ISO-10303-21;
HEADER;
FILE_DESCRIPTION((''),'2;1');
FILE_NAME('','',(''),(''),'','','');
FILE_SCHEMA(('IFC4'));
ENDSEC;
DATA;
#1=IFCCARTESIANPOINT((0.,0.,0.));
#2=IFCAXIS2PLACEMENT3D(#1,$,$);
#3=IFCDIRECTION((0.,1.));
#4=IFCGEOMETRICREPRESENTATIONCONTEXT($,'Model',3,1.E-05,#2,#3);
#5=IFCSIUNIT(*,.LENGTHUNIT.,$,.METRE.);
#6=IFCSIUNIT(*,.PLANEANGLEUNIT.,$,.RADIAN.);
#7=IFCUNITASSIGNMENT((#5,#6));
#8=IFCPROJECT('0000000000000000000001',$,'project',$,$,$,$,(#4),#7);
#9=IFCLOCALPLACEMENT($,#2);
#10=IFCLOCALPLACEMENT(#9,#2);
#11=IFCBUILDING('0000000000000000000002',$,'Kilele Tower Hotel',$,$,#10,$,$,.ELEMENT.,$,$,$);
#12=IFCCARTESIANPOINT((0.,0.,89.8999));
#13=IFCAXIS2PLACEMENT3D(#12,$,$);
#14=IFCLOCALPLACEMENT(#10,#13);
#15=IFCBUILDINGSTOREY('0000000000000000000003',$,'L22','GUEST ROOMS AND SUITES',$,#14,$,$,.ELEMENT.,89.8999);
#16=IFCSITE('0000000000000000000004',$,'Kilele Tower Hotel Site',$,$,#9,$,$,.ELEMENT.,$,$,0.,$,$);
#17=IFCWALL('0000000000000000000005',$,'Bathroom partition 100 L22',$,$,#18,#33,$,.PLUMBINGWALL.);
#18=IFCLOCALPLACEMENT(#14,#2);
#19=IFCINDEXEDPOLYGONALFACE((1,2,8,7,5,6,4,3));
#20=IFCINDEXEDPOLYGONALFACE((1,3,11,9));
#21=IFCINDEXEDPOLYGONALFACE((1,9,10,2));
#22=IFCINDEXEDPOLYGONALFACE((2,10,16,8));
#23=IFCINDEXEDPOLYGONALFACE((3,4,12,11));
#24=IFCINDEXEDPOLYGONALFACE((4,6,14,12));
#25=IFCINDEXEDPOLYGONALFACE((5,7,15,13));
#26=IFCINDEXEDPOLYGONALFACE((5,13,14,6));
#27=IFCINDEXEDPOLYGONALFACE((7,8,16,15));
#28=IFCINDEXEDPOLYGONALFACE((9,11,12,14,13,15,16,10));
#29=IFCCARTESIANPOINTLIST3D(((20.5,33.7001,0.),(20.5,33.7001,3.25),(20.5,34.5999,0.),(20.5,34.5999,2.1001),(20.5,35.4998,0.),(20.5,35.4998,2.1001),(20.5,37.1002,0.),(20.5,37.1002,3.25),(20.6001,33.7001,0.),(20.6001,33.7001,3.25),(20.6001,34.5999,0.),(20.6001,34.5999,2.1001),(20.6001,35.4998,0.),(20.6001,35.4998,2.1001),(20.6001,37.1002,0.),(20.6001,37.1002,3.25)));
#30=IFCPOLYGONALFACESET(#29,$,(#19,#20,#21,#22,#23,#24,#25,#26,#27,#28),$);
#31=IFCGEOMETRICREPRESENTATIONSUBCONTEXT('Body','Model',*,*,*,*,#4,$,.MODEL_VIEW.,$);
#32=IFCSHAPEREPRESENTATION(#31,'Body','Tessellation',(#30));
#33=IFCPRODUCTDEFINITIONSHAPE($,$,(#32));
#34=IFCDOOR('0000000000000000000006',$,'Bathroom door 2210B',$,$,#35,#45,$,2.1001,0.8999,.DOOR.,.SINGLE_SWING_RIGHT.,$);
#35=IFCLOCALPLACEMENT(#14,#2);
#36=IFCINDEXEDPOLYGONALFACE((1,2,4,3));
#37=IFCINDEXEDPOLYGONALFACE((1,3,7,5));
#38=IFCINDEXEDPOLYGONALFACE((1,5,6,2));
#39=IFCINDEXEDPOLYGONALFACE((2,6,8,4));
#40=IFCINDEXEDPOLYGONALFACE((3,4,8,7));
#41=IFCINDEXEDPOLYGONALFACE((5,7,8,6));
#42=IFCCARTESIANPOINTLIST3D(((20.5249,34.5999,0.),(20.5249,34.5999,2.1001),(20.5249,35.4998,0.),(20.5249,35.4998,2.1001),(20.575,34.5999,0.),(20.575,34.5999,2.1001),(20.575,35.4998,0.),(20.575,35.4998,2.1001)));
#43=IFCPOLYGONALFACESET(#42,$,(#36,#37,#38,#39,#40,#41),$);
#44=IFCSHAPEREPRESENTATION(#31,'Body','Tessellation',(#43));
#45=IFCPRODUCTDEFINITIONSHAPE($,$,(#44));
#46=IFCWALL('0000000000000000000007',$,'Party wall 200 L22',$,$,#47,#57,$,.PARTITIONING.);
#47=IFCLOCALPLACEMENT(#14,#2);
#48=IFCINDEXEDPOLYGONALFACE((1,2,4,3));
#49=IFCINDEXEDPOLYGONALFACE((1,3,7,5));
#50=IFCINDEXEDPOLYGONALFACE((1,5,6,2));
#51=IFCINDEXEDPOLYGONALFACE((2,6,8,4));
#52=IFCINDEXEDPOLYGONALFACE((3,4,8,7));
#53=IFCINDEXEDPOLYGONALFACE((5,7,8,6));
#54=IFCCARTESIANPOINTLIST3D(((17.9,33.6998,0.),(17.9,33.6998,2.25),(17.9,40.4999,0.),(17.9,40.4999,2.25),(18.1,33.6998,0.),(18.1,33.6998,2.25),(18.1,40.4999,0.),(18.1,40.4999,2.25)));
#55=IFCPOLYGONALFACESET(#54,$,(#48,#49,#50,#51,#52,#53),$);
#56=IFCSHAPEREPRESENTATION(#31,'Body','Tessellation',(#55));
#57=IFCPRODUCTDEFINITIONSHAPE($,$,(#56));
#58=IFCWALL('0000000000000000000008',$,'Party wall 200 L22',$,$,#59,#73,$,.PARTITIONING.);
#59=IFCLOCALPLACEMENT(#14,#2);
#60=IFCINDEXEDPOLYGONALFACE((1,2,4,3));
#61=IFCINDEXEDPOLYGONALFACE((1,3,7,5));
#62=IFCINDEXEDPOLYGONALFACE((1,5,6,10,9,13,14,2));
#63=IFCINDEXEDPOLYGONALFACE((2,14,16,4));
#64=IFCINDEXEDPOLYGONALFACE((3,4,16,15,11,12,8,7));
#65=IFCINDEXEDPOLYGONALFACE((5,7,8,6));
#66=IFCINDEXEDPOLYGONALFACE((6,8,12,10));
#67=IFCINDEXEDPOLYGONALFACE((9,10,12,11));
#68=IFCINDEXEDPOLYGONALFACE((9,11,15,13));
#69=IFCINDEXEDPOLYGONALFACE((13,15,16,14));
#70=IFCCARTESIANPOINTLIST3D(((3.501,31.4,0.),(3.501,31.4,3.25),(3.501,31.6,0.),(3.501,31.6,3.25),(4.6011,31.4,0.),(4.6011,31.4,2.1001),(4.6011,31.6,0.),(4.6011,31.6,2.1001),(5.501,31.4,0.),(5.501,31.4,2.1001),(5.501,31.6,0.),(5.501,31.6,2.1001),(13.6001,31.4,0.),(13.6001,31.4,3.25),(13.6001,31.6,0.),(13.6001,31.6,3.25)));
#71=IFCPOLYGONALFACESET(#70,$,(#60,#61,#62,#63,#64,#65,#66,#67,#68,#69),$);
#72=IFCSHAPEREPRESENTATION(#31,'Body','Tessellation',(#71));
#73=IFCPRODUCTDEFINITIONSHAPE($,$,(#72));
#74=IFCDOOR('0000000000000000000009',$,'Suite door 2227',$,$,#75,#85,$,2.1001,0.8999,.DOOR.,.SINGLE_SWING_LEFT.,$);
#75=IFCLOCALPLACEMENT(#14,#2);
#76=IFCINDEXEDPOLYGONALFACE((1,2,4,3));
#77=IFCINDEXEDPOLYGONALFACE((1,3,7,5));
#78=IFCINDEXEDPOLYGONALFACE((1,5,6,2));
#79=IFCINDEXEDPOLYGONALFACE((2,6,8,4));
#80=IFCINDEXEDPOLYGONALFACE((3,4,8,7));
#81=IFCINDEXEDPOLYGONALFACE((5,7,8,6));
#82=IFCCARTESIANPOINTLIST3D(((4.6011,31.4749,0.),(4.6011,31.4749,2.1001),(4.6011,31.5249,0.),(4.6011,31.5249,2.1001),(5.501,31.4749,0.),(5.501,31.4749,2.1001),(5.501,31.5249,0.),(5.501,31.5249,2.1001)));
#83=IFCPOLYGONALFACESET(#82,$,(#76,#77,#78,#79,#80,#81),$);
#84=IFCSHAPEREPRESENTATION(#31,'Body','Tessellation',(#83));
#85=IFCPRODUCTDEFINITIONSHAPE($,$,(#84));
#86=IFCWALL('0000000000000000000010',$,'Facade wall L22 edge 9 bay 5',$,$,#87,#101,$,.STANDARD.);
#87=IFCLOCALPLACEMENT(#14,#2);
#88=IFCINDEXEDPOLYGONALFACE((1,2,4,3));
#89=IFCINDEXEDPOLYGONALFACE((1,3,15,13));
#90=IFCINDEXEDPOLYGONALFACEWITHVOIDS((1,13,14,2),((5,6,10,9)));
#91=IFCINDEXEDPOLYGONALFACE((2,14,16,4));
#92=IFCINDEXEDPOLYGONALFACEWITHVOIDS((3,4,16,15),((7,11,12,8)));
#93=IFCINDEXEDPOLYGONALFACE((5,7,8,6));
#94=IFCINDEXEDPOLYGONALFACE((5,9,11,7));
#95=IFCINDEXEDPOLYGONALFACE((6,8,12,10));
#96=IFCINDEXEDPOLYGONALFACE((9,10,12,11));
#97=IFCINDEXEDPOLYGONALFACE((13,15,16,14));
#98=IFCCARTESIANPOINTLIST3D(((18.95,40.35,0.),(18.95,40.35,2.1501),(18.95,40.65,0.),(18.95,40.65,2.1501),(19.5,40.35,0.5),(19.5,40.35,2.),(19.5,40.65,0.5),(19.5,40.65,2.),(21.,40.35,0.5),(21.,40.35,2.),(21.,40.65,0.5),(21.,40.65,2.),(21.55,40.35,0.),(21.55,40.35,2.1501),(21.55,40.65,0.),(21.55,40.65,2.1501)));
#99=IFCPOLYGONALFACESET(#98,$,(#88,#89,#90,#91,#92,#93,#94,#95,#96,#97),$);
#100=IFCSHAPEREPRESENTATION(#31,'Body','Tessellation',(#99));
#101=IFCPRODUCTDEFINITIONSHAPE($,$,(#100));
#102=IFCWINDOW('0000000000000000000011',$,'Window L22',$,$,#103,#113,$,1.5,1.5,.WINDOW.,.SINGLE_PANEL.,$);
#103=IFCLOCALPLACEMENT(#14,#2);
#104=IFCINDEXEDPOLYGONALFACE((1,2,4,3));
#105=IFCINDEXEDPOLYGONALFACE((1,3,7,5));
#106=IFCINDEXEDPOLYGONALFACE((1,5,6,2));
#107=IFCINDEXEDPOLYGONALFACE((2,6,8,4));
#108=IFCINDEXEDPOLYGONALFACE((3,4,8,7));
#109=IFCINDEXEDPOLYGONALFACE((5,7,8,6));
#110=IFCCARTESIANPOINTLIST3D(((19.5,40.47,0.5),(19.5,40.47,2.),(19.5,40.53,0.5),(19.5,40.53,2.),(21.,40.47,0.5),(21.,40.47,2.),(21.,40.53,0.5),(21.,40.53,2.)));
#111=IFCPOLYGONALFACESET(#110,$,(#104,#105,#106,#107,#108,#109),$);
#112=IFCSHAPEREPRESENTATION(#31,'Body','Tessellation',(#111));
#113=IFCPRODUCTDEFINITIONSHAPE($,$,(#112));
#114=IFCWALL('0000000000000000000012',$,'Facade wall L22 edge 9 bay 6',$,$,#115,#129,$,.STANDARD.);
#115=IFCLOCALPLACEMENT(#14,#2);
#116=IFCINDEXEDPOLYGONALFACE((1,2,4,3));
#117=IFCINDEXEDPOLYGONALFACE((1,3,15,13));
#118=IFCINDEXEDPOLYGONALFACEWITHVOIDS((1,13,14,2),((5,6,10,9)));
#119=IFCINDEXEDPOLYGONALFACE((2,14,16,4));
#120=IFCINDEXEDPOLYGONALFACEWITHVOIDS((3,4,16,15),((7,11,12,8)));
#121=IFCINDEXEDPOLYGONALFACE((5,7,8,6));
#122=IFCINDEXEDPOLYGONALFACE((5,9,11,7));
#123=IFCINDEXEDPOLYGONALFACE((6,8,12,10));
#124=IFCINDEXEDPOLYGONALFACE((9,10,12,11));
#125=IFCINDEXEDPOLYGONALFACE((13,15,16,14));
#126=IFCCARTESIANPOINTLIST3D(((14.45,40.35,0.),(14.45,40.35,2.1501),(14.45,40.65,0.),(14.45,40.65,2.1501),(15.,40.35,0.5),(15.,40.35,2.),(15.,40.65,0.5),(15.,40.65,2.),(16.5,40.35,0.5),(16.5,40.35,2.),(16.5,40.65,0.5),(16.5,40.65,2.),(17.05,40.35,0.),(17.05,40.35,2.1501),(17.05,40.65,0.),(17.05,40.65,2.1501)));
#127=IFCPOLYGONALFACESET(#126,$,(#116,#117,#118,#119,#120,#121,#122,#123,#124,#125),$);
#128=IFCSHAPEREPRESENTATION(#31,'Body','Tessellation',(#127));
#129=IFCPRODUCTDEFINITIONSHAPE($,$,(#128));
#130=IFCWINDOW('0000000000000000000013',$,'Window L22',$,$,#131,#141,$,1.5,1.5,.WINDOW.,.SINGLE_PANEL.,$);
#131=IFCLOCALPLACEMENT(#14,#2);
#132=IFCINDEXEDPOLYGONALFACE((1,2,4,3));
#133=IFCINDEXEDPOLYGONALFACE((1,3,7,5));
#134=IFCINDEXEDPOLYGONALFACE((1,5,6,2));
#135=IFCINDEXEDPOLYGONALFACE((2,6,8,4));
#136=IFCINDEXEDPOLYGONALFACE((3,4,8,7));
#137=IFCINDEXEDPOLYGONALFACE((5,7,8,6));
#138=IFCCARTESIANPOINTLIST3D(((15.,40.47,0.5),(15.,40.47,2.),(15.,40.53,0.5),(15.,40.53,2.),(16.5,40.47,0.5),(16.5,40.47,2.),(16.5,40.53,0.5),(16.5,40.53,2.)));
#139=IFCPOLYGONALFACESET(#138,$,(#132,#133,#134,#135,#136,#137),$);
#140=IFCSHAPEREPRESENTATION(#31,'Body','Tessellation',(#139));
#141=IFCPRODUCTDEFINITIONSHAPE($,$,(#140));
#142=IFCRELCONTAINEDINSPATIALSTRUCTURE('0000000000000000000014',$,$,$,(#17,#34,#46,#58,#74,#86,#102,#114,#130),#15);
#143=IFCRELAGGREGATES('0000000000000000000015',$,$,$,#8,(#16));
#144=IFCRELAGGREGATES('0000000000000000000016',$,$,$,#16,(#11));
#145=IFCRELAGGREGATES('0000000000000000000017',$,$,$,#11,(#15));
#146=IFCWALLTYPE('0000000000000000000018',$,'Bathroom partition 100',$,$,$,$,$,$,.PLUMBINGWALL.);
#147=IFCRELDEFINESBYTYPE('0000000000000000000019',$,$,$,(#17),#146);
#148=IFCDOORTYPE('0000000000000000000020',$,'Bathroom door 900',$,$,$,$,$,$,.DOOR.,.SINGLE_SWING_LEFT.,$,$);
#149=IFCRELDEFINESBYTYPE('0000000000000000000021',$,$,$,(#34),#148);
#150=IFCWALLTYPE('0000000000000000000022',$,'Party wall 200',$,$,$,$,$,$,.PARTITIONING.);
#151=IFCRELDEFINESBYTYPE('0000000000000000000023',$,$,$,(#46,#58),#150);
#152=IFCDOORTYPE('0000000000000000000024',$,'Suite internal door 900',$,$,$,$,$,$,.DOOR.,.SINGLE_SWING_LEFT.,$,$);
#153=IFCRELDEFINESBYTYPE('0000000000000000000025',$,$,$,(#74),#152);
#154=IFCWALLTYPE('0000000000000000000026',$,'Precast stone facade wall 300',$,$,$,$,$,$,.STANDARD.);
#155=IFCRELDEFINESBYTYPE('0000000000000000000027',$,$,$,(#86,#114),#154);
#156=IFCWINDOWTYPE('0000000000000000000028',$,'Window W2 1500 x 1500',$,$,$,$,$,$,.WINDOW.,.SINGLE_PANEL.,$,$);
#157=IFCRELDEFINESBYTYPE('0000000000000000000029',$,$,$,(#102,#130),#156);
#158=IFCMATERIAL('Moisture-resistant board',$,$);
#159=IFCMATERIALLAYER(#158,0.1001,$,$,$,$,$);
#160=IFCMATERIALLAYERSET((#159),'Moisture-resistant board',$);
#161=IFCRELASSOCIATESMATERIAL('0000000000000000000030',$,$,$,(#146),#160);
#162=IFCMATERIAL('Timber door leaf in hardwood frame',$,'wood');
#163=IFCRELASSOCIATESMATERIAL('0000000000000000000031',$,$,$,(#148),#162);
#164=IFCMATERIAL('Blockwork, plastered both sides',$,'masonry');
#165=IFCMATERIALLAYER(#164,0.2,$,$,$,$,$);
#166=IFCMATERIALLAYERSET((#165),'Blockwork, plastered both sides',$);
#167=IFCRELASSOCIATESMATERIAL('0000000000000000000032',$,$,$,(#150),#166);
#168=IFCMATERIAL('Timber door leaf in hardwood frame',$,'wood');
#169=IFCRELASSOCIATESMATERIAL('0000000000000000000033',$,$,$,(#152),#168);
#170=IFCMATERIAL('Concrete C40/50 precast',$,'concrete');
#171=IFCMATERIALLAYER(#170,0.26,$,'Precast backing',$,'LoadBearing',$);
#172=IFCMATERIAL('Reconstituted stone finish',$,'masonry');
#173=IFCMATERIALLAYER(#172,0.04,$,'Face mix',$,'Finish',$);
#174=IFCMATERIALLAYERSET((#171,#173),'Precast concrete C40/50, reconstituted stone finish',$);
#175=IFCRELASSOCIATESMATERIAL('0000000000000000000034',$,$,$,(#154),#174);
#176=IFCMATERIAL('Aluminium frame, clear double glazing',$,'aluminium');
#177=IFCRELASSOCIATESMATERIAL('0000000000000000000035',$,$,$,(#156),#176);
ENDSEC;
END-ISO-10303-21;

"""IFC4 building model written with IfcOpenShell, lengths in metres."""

from ifc_helpers import new_model, si_unit, direction, frame, frame_2d, origin, place, context, subcontext, project, spatial, rectangle, extrude, material, layer, layer_set, type_object, element, fill, save


model = new_model("IFC4")

# Units and contexts
model_context = context("Model", 3, precision=1e-05, world=origin(), true_north=direction((0.0, 1.0)))
body_context = subcontext(model_context, "Body", "Model", "MODEL_VIEW")
ifc_project = project(units=[si_unit("LENGTHUNIT", "METRE"), si_unit("PLANEANGLEUNIT", "RADIAN")], contexts=[model_context])

# Site, building, storey
site_placement = place(None, origin())
site = spatial("IfcSite", under=ifc_project, at=site_placement, Name="Kilele Tower Hotel Site", CompositionType="ELEMENT", RefElevation=0.0)
building_placement = place(site_placement, origin())
building = spatial("IfcBuilding", under=site, at=building_placement, Name="Kilele Tower Hotel", CompositionType="ELEMENT")
storey_placement = place(building_placement, frame((0.0, 0.0, 89.8999)))
storey = spatial("IfcBuildingStorey", under=building, at=storey_placement, Name="L22", Description="GUEST ROOMS AND SUITES", CompositionType="ELEMENT", Elevation=89.8999)

# Shared definitions
ifc_material_1 = material(Name="Moisture-resistant board")
ifc_layer_1 = layer(ifc_material_1, 0.1001)
ifc_layer_set_1 = layer_set([ifc_layer_1], Name="Moisture-resistant board")
wall_type_1 = type_object("IfcWallType", Name="Bathroom partition 100", PredefinedType="PLUMBINGWALL", material=ifc_layer_set_1)

# Shared definitions
ifc_material_2 = material(Name="Timber door leaf in hardwood frame", Category="wood")
door_type_1 = type_object("IfcDoorType", Name="Bathroom door 900", OperationType="SINGLE_SWING_LEFT", PredefinedType="DOOR", material=ifc_material_2)

# Wall, opening, door
wall_1_placement = place(storey_placement, frame((20.55, 33.7, 0.0), z_axis=(0.0, 0.0, 1.0), x_axis=(0.0, 1.0, 0.0)))
wall_1 = element("IfcWall", 1, at=wall_1_placement, inside=storey, type_object=wall_type_1, Name="Bathroom partition 100 L22", PredefinedType="PLUMBINGWALL", context=body_context, shape_type="SweptSolid", body=[
    extrude(rectangle(XDim=3.4001, YDim=0.1001, at=frame_2d((1.7002, 0.0))), origin(), (0.0, 0.0, 1.0), 3.25),
])
opening_1_placement = place(wall_1_placement, frame((1.7998, 0.0, 0.0), z_axis=(0.0, 0.0, 1.0), x_axis=(-1.0, 0.0, 0.0)))
opening_1 = element("IfcOpeningElement", 2, at=opening_1_placement, cuts=wall_1, PredefinedType="OPENING", context=body_context, shape_type="SweptSolid", body=[
    extrude(rectangle(XDim=0.8999, YDim=2.1001, at=frame_2d((0.45, 1.05))), frame((0.0, 0.0601, 0.0), z_axis=(0.0, -1.0, 0.0), x_axis=(1.0, 0.0, 0.0)), (0.0, 0.0, 1.0), 0.1201),
])
door_1_placement = place(opening_1_placement, origin())
door_1 = element("IfcDoor", 3, at=door_1_placement, inside=storey, type_object=door_type_1, Name="Bathroom door 2210B", OperationType="SINGLE_SWING_RIGHT", OverallHeight=2.1001, OverallWidth=0.8999, PredefinedType="DOOR", context=body_context, shape_type="SweptSolid", body=[
    extrude(rectangle(XDim=0.8999, YDim=2.1001, at=frame_2d((0.45, 1.05))), frame((0.0, 0.0249, 0.0), z_axis=(0.0, -1.0, 0.0), x_axis=(1.0, 0.0, 0.0)), (0.0, 0.0, 1.0), 0.05),
])
fill(opening_1, door_1)

# Wall
ifc_material_3 = material(Name="Blockwork, plastered both sides", Category="masonry")
ifc_layer_2 = layer(ifc_material_3, 0.2)
ifc_layer_set_2 = layer_set([ifc_layer_2], Name="Blockwork, plastered both sides")
wall_type_2 = type_object("IfcWallType", Name="Party wall 200", PredefinedType="PARTITIONING", material=ifc_layer_set_2)
wall_2_placement = place(storey_placement, frame((18.0, 33.7, 0.0), z_axis=(0.0, 0.0, 1.0), x_axis=(0.0, 1.0, 0.0)))
element("IfcWall", 4, at=wall_2_placement, inside=storey, type_object=wall_type_2, Name="Party wall 200 L22", PredefinedType="PARTITIONING", context=body_context, shape_type="SweptSolid", body=[
    extrude(rectangle(XDim=6.8, YDim=0.2, at=frame_2d((3.3999, 0.0))), origin(), (0.0, 0.0, 1.0), 2.25),
])

# Wall, opening, door
wall_3_placement = place(storey_placement, frame((13.6001, 31.5, 0.0), z_axis=(0.0, 0.0, 1.0), x_axis=(-1.0, 0.0, 0.0)))
wall_3 = element("IfcWall", 5, at=wall_3_placement, inside=storey, type_object=wall_type_2, Name="Party wall 200 L22", PredefinedType="PARTITIONING", context=body_context, shape_type="SweptSolid", body=[
    extrude(rectangle(XDim=10.0991, YDim=0.2, at=frame_2d((5.0496, 0.0))), origin(), (0.0, 0.0, 1.0), 3.25),
])
opening_2_placement = place(wall_3_placement, frame((8.999, 0.0, 0.0), z_axis=(0.0, 0.0, 1.0), x_axis=(-1.0, 0.0, 0.0)))
opening_2 = element("IfcOpeningElement", 6, at=opening_2_placement, cuts=wall_3, PredefinedType="OPENING", context=body_context, shape_type="SweptSolid", body=[
    extrude(rectangle(XDim=0.8999, YDim=2.1001, at=frame_2d((0.45, 1.05))), frame((0.0, 0.1099, 0.0), z_axis=(0.0, -1.0, 0.0), x_axis=(1.0, 0.0, 0.0)), (0.0, 0.0, 1.0), 0.22),
])
ifc_material_4 = material(Name="Timber door leaf in hardwood frame", Category="wood")
door_type_2 = type_object("IfcDoorType", Name="Suite internal door 900", OperationType="SINGLE_SWING_LEFT", PredefinedType="DOOR", material=ifc_material_4)
door_2_placement = place(opening_2_placement, origin())
door_2 = element("IfcDoor", 7, at=door_2_placement, inside=storey, type_object=door_type_2, Name="Suite door 2227", OperationType="SINGLE_SWING_LEFT", OverallHeight=2.1001, OverallWidth=0.8999, PredefinedType="DOOR", context=body_context, shape_type="SweptSolid", body=[
    extrude(rectangle(XDim=0.8999, YDim=2.1001, at=frame_2d((0.45, 1.05))), frame((0.0, 0.0249, 0.0), z_axis=(0.0, -1.0, 0.0), x_axis=(1.0, 0.0, 0.0)), (0.0, 0.0, 1.0), 0.05),
])
fill(opening_2, door_2)

# Walls, openings, windows
ifc_material_5 = material(Name="Concrete C40/50 precast", Category="concrete")
ifc_layer_3 = layer(ifc_material_5, 0.26, Name="Precast backing", Category="LoadBearing")
ifc_material_6 = material(Name="Reconstituted stone finish", Category="masonry")
ifc_layer_4 = layer(ifc_material_6, 0.04, Name="Face mix", Category="Finish")
ifc_layer_set_3 = layer_set([ifc_layer_3, ifc_layer_4], Name="Precast concrete C40/50, reconstituted stone finish")
wall_type_3 = type_object("IfcWallType", Name="Precast stone facade wall 300", PredefinedType="STANDARD", material=ifc_layer_set_3)
wall_4_placement = place(storey_placement, frame((21.55, 40.5, 0.0), z_axis=(0.0, 0.0, 1.0), x_axis=(-1.0, 0.0, 0.0)))
wall_4 = element("IfcWall", 8, at=wall_4_placement, inside=storey, type_object=wall_type_3, Name="Facade wall L22 edge 9 bay 5", PredefinedType="STANDARD", context=body_context, shape_type="SweptSolid", body=[
    extrude(rectangle(XDim=2.6001, YDim=0.3, at=frame_2d((1.3, 0.0))), origin(), (0.0, 0.0, 1.0), 2.1501),
])
opening_3_placement = place(wall_4_placement, frame((0.55, 0.0, 0.5)))
opening_3 = element("IfcOpeningElement", 9, at=opening_3_placement, cuts=wall_4, PredefinedType="OPENING", context=body_context, shape_type="SweptSolid", body=[
    extrude(rectangle(XDim=1.5, YDim=1.5, at=frame_2d((0.75, 0.75))), frame((0.0, 0.1599, 0.0), z_axis=(0.0, -1.0, 0.0), x_axis=(1.0, 0.0, 0.0)), (0.0, 0.0, 1.0), 0.3201),
])
ifc_material_7 = material(Name="Aluminium frame, clear double glazing", Category="aluminium")
window_type = type_object("IfcWindowType", Name="Window W2 1500 x 1500", PartitioningType="SINGLE_PANEL", PredefinedType="WINDOW", material=ifc_material_7)
window_1_placement = place(opening_3_placement, origin())
window_1 = element("IfcWindow", 10, at=window_1_placement, inside=storey, type_object=window_type, Name="Window L22", OverallHeight=1.5, OverallWidth=1.5, PartitioningType="SINGLE_PANEL", PredefinedType="WINDOW", context=body_context, shape_type="SweptSolid", body=[
    extrude(rectangle(XDim=1.5, YDim=1.5, at=frame_2d((0.75, 0.75))), frame((0.0, 0.03, 0.0), z_axis=(0.0, -1.0, 0.0), x_axis=(1.0, 0.0, 0.0)), (0.0, 0.0, 1.0), 0.0601),
])
fill(opening_3, window_1)
wall_5_placement = place(storey_placement, frame((17.05, 40.5, 0.0), z_axis=(0.0, 0.0, 1.0), x_axis=(-1.0, 0.0, 0.0)))
wall_5 = element("IfcWall", 11, at=wall_5_placement, inside=storey, type_object=wall_type_3, Name="Facade wall L22 edge 9 bay 6", PredefinedType="STANDARD", context=body_context, shape_type="SweptSolid", body=[
    extrude(rectangle(XDim=2.6001, YDim=0.3, at=frame_2d((1.3, 0.0))), origin(), (0.0, 0.0, 1.0), 2.1501),
])
opening_4_placement = place(wall_5_placement, frame((0.55, 0.0, 0.5)))
opening_4 = element("IfcOpeningElement", 12, at=opening_4_placement, cuts=wall_5, PredefinedType="OPENING", context=body_context, shape_type="SweptSolid", body=[
    extrude(rectangle(XDim=1.5, YDim=1.5, at=frame_2d((0.75, 0.75))), frame((0.0, 0.1599, 0.0), z_axis=(0.0, -1.0, 0.0), x_axis=(1.0, 0.0, 0.0)), (0.0, 0.0, 1.0), 0.3201),
])
window_2_placement = place(opening_4_placement, origin())
window_2 = element("IfcWindow", 13, at=window_2_placement, inside=storey, type_object=window_type, Name="Window L22", OverallHeight=1.5, OverallWidth=1.5, PartitioningType="SINGLE_PANEL", PredefinedType="WINDOW", context=body_context, shape_type="SweptSolid", body=[
    extrude(rectangle(XDim=1.5, YDim=1.5, at=frame_2d((0.75, 0.75))), frame((0.0, 0.03, 0.0), z_axis=(0.0, -1.0, 0.0), x_axis=(1.0, 0.0, 0.0)), (0.0, 0.0, 1.0), 0.0601),
])
fill(opening_4, window_2)

save(model, "model.ifc")
